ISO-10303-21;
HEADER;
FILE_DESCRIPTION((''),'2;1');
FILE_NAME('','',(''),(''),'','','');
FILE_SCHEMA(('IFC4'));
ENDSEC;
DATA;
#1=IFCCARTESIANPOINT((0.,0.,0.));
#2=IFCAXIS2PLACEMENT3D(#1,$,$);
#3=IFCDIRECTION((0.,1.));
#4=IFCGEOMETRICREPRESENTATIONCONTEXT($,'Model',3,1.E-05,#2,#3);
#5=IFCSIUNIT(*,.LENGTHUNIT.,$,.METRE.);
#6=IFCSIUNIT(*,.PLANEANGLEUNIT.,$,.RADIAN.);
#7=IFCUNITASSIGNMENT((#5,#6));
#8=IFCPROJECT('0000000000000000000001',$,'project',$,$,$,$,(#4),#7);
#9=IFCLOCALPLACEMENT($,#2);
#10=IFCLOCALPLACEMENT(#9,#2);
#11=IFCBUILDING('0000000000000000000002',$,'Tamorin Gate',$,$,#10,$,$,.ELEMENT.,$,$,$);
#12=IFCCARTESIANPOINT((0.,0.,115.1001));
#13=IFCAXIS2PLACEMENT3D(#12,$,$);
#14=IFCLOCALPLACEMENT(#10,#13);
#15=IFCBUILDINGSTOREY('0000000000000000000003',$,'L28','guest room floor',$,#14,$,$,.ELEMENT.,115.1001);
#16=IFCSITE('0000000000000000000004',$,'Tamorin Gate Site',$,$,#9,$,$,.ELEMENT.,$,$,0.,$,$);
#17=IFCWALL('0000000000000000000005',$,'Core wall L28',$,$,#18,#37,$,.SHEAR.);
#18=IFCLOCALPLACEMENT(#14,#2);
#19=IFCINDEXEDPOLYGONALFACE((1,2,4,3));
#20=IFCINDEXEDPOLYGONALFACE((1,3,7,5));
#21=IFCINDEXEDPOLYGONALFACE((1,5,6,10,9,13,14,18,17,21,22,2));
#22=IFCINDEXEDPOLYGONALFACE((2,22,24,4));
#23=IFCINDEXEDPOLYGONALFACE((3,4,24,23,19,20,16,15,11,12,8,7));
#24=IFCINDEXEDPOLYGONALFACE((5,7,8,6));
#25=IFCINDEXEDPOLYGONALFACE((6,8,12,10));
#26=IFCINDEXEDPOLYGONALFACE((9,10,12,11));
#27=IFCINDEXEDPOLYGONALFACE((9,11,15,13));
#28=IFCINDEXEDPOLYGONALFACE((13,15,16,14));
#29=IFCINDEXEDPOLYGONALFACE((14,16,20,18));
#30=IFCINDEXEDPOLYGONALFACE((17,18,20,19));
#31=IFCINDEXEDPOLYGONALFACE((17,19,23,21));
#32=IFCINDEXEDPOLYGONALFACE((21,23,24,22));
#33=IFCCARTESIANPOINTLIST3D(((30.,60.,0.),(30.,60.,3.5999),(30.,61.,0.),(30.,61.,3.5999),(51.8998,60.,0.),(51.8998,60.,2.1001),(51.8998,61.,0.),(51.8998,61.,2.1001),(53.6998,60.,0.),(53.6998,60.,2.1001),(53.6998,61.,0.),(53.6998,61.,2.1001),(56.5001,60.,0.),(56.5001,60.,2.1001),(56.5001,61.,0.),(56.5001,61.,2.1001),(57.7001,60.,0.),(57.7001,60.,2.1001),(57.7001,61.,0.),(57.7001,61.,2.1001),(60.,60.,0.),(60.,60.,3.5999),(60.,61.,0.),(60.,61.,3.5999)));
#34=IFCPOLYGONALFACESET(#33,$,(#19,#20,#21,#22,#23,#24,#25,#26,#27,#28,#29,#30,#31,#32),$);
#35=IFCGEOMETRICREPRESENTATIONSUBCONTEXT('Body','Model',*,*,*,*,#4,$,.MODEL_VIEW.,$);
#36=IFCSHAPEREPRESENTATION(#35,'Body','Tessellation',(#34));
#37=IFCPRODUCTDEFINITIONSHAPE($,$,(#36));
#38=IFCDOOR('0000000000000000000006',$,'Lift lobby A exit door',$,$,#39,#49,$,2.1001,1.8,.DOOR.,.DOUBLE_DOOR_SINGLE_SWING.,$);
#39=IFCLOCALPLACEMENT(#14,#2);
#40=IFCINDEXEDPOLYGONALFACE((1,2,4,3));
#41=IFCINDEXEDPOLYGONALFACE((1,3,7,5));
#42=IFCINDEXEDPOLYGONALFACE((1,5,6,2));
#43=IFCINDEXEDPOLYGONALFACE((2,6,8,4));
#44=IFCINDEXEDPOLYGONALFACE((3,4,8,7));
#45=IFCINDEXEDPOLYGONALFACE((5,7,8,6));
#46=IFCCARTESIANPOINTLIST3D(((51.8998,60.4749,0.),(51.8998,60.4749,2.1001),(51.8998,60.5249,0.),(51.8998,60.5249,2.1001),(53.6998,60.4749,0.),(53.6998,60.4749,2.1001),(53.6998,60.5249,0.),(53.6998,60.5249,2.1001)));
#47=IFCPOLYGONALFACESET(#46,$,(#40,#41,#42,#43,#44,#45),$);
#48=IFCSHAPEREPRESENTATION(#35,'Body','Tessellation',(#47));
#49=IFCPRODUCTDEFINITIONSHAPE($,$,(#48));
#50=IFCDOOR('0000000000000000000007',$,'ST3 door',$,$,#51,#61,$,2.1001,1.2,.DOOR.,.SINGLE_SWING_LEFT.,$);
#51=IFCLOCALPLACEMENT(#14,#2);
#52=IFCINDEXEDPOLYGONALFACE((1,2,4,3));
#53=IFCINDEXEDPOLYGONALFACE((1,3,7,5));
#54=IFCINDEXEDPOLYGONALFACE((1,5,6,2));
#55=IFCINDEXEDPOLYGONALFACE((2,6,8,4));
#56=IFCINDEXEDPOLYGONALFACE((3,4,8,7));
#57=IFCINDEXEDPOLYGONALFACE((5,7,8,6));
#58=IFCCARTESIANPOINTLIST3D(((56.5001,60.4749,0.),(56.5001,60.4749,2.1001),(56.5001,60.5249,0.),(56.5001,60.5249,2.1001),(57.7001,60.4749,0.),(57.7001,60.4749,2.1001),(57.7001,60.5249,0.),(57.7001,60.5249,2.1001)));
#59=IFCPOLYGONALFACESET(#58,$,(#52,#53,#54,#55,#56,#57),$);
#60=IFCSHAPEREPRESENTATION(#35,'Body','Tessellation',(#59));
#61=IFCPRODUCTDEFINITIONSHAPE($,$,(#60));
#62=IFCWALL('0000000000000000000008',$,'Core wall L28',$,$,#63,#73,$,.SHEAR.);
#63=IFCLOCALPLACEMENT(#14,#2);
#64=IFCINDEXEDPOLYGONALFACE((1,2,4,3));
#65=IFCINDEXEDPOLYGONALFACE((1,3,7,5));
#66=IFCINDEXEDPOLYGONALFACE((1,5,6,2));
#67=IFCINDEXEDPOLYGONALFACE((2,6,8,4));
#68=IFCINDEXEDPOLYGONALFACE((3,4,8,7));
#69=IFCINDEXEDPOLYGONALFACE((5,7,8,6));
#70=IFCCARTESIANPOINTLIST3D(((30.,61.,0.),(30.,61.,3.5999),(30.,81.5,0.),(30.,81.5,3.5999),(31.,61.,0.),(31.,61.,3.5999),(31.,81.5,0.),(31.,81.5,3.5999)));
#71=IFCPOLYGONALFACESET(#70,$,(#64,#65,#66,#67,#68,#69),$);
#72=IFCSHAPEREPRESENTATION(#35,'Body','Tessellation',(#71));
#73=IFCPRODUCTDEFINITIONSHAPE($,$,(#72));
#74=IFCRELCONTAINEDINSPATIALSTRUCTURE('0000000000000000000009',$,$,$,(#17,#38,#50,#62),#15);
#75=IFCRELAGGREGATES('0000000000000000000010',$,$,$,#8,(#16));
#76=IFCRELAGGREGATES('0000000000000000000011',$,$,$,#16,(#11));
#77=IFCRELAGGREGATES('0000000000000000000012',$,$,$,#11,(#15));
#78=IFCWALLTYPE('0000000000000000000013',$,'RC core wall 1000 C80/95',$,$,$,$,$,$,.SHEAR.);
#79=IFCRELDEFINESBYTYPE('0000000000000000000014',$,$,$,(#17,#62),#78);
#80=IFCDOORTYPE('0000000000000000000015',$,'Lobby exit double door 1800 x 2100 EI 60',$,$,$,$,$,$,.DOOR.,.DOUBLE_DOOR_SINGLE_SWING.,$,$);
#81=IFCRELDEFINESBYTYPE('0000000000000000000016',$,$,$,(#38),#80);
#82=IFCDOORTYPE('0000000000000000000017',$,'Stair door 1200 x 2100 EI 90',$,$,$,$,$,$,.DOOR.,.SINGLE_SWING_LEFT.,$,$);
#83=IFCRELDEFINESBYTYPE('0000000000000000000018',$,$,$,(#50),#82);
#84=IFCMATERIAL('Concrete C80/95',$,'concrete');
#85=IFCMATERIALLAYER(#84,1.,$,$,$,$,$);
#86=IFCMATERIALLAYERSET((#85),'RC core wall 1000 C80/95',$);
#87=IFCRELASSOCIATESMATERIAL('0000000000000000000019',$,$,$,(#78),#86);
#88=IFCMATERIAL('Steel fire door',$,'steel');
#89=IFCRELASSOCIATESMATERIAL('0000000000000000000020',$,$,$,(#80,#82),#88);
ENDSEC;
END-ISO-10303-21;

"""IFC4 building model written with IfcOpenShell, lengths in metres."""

from ifc_helpers import new_model, si_unit, direction, frame, frame_2d, origin, place, context, subcontext, project, spatial, rectangle, extrude, material, layer, layer_set, type_object, element, fill, save


model = new_model("IFC4")

# Units and contexts
model_context = context("Model", 3, precision=1e-05, world=origin(), true_north=direction((0.0, 1.0)))
body_context = subcontext(model_context, "Body", "Model", "MODEL_VIEW")
ifc_project = project(units=[si_unit("LENGTHUNIT", "METRE"), si_unit("PLANEANGLEUNIT", "RADIAN")], contexts=[model_context])

# Site, building, storey
site_placement = place(None, origin())
site = spatial("IfcSite", under=ifc_project, at=site_placement, Name="Tamorin Gate Site", CompositionType="ELEMENT", RefElevation=0.0)
building_placement = place(site_placement, origin())
building = spatial("IfcBuilding", under=site, at=building_placement, Name="Tamorin Gate", CompositionType="ELEMENT")
storey_placement = place(building_placement, frame((0.0, 0.0, 115.1001)))
storey = spatial("IfcBuildingStorey", under=building, at=storey_placement, Name="L28", Description="guest room floor", CompositionType="ELEMENT", Elevation=115.1001)

# Shared definitions
ifc_material_1 = material(Name="Concrete C80/95", Category="concrete")

# Wall, openings, doors
ifc_layer_1 = layer(ifc_material_1, 1.0)
ifc_layer_set_1 = layer_set([ifc_layer_1], Name="RC core wall 1000 C80/95")
wall_type_1 = type_object("IfcWallType", Name="RC core wall 1000 C80/95", PredefinedType="SHEAR", material=ifc_layer_set_1)
wall_1_placement = place(storey_placement, frame((30.0, 60.5, 0.0), z_axis=(0.0, 0.0, 1.0), x_axis=(1.0, 0.0, 0.0)))
wall_1 = element("IfcWall", 1, at=wall_1_placement, inside=storey, type_object=wall_type_1, Name="Core wall L28", PredefinedType="SHEAR", context=body_context, shape_type="SweptSolid", body=[
    extrude(rectangle(XDim=30.0, YDim=1.0, at=frame_2d((15.0, 0.0))), origin(), (0.0, 0.0, 1.0), 3.5999),
])
opening_1_placement = place(wall_1_placement, frame((21.8999, 0.0, 0.0)))
opening_1 = element("IfcOpeningElement", 2, at=opening_1_placement, cuts=wall_1, PredefinedType="OPENING", context=body_context, shape_type="SweptSolid", body=[
    extrude(rectangle(XDim=1.8, YDim=2.1001, at=frame_2d((0.8999, 1.05))), frame((0.0, 0.51, 0.0), z_axis=(0.0, -1.0, 0.0), x_axis=(1.0, 0.0, 0.0)), (0.0, 0.0, 1.0), 1.02),
])
opening_2_placement = place(wall_1_placement, frame((26.5, 0.0, 0.0)))
opening_2 = element("IfcOpeningElement", 3, at=opening_2_placement, cuts=wall_1, PredefinedType="OPENING", context=body_context, shape_type="SweptSolid", body=[
    extrude(rectangle(XDim=1.2, YDim=2.1001, at=frame_2d((0.6001, 1.05))), frame((0.0, 0.51, 0.0), z_axis=(0.0, -1.0, 0.0), x_axis=(1.0, 0.0, 0.0)), (0.0, 0.0, 1.0), 1.02),
])
ifc_material_2 = material(Name="Steel fire door", Category="steel")
door_type_1 = type_object("IfcDoorType", Name="Lobby exit double door 1800 x 2100 EI 60", OperationType="DOUBLE_DOOR_SINGLE_SWING", PredefinedType="DOOR", material=ifc_material_2)
door_1_placement = place(opening_1_placement, origin())
door_1 = element("IfcDoor", 4, at=door_1_placement, inside=storey, type_object=door_type_1, Name="Lift lobby A exit door", OperationType="DOUBLE_DOOR_SINGLE_SWING", OverallHeight=2.1001, OverallWidth=1.8, PredefinedType="DOOR", context=body_context, shape_type="SweptSolid", body=[
    extrude(rectangle(XDim=1.8, YDim=2.1001, at=frame_2d((0.8999, 1.05))), frame((0.0, 0.0249, 0.0), z_axis=(0.0, -1.0, 0.0), x_axis=(1.0, 0.0, 0.0)), (0.0, 0.0, 1.0), 0.05),
])
fill(opening_1, door_1)
door_type_2 = type_object("IfcDoorType", Name="Stair door 1200 x 2100 EI 90", OperationType="SINGLE_SWING_LEFT", PredefinedType="DOOR", material=ifc_material_2)
door_2_placement = place(opening_2_placement, origin())
door_2 = element("IfcDoor", 5, at=door_2_placement, inside=storey, type_object=door_type_2, Name="ST3 door", OperationType="SINGLE_SWING_LEFT", OverallHeight=2.1001, OverallWidth=1.2, PredefinedType="DOOR", context=body_context, shape_type="SweptSolid", body=[
    extrude(rectangle(XDim=1.2, YDim=2.1001, at=frame_2d((0.6001, 1.05))), frame((0.0, 0.0249, 0.0), z_axis=(0.0, -1.0, 0.0), x_axis=(1.0, 0.0, 0.0)), (0.0, 0.0, 1.0), 0.05),
])
fill(opening_2, door_2)

# Wall
wall_2_placement = place(storey_placement, frame((30.5, 61.0, 0.0), z_axis=(0.0, 0.0, 1.0), x_axis=(0.0, 1.0, 0.0)))
element("IfcWall", 6, at=wall_2_placement, inside=storey, type_object=wall_type_1, Name="Core wall L28", PredefinedType="SHEAR", context=body_context, shape_type="SweptSolid", body=[
    extrude(rectangle(XDim=20.5, YDim=1.0, at=frame_2d((10.25, 0.0))), origin(), (0.0, 0.0, 1.0), 3.5999),
])

save(model, "model.ifc")
